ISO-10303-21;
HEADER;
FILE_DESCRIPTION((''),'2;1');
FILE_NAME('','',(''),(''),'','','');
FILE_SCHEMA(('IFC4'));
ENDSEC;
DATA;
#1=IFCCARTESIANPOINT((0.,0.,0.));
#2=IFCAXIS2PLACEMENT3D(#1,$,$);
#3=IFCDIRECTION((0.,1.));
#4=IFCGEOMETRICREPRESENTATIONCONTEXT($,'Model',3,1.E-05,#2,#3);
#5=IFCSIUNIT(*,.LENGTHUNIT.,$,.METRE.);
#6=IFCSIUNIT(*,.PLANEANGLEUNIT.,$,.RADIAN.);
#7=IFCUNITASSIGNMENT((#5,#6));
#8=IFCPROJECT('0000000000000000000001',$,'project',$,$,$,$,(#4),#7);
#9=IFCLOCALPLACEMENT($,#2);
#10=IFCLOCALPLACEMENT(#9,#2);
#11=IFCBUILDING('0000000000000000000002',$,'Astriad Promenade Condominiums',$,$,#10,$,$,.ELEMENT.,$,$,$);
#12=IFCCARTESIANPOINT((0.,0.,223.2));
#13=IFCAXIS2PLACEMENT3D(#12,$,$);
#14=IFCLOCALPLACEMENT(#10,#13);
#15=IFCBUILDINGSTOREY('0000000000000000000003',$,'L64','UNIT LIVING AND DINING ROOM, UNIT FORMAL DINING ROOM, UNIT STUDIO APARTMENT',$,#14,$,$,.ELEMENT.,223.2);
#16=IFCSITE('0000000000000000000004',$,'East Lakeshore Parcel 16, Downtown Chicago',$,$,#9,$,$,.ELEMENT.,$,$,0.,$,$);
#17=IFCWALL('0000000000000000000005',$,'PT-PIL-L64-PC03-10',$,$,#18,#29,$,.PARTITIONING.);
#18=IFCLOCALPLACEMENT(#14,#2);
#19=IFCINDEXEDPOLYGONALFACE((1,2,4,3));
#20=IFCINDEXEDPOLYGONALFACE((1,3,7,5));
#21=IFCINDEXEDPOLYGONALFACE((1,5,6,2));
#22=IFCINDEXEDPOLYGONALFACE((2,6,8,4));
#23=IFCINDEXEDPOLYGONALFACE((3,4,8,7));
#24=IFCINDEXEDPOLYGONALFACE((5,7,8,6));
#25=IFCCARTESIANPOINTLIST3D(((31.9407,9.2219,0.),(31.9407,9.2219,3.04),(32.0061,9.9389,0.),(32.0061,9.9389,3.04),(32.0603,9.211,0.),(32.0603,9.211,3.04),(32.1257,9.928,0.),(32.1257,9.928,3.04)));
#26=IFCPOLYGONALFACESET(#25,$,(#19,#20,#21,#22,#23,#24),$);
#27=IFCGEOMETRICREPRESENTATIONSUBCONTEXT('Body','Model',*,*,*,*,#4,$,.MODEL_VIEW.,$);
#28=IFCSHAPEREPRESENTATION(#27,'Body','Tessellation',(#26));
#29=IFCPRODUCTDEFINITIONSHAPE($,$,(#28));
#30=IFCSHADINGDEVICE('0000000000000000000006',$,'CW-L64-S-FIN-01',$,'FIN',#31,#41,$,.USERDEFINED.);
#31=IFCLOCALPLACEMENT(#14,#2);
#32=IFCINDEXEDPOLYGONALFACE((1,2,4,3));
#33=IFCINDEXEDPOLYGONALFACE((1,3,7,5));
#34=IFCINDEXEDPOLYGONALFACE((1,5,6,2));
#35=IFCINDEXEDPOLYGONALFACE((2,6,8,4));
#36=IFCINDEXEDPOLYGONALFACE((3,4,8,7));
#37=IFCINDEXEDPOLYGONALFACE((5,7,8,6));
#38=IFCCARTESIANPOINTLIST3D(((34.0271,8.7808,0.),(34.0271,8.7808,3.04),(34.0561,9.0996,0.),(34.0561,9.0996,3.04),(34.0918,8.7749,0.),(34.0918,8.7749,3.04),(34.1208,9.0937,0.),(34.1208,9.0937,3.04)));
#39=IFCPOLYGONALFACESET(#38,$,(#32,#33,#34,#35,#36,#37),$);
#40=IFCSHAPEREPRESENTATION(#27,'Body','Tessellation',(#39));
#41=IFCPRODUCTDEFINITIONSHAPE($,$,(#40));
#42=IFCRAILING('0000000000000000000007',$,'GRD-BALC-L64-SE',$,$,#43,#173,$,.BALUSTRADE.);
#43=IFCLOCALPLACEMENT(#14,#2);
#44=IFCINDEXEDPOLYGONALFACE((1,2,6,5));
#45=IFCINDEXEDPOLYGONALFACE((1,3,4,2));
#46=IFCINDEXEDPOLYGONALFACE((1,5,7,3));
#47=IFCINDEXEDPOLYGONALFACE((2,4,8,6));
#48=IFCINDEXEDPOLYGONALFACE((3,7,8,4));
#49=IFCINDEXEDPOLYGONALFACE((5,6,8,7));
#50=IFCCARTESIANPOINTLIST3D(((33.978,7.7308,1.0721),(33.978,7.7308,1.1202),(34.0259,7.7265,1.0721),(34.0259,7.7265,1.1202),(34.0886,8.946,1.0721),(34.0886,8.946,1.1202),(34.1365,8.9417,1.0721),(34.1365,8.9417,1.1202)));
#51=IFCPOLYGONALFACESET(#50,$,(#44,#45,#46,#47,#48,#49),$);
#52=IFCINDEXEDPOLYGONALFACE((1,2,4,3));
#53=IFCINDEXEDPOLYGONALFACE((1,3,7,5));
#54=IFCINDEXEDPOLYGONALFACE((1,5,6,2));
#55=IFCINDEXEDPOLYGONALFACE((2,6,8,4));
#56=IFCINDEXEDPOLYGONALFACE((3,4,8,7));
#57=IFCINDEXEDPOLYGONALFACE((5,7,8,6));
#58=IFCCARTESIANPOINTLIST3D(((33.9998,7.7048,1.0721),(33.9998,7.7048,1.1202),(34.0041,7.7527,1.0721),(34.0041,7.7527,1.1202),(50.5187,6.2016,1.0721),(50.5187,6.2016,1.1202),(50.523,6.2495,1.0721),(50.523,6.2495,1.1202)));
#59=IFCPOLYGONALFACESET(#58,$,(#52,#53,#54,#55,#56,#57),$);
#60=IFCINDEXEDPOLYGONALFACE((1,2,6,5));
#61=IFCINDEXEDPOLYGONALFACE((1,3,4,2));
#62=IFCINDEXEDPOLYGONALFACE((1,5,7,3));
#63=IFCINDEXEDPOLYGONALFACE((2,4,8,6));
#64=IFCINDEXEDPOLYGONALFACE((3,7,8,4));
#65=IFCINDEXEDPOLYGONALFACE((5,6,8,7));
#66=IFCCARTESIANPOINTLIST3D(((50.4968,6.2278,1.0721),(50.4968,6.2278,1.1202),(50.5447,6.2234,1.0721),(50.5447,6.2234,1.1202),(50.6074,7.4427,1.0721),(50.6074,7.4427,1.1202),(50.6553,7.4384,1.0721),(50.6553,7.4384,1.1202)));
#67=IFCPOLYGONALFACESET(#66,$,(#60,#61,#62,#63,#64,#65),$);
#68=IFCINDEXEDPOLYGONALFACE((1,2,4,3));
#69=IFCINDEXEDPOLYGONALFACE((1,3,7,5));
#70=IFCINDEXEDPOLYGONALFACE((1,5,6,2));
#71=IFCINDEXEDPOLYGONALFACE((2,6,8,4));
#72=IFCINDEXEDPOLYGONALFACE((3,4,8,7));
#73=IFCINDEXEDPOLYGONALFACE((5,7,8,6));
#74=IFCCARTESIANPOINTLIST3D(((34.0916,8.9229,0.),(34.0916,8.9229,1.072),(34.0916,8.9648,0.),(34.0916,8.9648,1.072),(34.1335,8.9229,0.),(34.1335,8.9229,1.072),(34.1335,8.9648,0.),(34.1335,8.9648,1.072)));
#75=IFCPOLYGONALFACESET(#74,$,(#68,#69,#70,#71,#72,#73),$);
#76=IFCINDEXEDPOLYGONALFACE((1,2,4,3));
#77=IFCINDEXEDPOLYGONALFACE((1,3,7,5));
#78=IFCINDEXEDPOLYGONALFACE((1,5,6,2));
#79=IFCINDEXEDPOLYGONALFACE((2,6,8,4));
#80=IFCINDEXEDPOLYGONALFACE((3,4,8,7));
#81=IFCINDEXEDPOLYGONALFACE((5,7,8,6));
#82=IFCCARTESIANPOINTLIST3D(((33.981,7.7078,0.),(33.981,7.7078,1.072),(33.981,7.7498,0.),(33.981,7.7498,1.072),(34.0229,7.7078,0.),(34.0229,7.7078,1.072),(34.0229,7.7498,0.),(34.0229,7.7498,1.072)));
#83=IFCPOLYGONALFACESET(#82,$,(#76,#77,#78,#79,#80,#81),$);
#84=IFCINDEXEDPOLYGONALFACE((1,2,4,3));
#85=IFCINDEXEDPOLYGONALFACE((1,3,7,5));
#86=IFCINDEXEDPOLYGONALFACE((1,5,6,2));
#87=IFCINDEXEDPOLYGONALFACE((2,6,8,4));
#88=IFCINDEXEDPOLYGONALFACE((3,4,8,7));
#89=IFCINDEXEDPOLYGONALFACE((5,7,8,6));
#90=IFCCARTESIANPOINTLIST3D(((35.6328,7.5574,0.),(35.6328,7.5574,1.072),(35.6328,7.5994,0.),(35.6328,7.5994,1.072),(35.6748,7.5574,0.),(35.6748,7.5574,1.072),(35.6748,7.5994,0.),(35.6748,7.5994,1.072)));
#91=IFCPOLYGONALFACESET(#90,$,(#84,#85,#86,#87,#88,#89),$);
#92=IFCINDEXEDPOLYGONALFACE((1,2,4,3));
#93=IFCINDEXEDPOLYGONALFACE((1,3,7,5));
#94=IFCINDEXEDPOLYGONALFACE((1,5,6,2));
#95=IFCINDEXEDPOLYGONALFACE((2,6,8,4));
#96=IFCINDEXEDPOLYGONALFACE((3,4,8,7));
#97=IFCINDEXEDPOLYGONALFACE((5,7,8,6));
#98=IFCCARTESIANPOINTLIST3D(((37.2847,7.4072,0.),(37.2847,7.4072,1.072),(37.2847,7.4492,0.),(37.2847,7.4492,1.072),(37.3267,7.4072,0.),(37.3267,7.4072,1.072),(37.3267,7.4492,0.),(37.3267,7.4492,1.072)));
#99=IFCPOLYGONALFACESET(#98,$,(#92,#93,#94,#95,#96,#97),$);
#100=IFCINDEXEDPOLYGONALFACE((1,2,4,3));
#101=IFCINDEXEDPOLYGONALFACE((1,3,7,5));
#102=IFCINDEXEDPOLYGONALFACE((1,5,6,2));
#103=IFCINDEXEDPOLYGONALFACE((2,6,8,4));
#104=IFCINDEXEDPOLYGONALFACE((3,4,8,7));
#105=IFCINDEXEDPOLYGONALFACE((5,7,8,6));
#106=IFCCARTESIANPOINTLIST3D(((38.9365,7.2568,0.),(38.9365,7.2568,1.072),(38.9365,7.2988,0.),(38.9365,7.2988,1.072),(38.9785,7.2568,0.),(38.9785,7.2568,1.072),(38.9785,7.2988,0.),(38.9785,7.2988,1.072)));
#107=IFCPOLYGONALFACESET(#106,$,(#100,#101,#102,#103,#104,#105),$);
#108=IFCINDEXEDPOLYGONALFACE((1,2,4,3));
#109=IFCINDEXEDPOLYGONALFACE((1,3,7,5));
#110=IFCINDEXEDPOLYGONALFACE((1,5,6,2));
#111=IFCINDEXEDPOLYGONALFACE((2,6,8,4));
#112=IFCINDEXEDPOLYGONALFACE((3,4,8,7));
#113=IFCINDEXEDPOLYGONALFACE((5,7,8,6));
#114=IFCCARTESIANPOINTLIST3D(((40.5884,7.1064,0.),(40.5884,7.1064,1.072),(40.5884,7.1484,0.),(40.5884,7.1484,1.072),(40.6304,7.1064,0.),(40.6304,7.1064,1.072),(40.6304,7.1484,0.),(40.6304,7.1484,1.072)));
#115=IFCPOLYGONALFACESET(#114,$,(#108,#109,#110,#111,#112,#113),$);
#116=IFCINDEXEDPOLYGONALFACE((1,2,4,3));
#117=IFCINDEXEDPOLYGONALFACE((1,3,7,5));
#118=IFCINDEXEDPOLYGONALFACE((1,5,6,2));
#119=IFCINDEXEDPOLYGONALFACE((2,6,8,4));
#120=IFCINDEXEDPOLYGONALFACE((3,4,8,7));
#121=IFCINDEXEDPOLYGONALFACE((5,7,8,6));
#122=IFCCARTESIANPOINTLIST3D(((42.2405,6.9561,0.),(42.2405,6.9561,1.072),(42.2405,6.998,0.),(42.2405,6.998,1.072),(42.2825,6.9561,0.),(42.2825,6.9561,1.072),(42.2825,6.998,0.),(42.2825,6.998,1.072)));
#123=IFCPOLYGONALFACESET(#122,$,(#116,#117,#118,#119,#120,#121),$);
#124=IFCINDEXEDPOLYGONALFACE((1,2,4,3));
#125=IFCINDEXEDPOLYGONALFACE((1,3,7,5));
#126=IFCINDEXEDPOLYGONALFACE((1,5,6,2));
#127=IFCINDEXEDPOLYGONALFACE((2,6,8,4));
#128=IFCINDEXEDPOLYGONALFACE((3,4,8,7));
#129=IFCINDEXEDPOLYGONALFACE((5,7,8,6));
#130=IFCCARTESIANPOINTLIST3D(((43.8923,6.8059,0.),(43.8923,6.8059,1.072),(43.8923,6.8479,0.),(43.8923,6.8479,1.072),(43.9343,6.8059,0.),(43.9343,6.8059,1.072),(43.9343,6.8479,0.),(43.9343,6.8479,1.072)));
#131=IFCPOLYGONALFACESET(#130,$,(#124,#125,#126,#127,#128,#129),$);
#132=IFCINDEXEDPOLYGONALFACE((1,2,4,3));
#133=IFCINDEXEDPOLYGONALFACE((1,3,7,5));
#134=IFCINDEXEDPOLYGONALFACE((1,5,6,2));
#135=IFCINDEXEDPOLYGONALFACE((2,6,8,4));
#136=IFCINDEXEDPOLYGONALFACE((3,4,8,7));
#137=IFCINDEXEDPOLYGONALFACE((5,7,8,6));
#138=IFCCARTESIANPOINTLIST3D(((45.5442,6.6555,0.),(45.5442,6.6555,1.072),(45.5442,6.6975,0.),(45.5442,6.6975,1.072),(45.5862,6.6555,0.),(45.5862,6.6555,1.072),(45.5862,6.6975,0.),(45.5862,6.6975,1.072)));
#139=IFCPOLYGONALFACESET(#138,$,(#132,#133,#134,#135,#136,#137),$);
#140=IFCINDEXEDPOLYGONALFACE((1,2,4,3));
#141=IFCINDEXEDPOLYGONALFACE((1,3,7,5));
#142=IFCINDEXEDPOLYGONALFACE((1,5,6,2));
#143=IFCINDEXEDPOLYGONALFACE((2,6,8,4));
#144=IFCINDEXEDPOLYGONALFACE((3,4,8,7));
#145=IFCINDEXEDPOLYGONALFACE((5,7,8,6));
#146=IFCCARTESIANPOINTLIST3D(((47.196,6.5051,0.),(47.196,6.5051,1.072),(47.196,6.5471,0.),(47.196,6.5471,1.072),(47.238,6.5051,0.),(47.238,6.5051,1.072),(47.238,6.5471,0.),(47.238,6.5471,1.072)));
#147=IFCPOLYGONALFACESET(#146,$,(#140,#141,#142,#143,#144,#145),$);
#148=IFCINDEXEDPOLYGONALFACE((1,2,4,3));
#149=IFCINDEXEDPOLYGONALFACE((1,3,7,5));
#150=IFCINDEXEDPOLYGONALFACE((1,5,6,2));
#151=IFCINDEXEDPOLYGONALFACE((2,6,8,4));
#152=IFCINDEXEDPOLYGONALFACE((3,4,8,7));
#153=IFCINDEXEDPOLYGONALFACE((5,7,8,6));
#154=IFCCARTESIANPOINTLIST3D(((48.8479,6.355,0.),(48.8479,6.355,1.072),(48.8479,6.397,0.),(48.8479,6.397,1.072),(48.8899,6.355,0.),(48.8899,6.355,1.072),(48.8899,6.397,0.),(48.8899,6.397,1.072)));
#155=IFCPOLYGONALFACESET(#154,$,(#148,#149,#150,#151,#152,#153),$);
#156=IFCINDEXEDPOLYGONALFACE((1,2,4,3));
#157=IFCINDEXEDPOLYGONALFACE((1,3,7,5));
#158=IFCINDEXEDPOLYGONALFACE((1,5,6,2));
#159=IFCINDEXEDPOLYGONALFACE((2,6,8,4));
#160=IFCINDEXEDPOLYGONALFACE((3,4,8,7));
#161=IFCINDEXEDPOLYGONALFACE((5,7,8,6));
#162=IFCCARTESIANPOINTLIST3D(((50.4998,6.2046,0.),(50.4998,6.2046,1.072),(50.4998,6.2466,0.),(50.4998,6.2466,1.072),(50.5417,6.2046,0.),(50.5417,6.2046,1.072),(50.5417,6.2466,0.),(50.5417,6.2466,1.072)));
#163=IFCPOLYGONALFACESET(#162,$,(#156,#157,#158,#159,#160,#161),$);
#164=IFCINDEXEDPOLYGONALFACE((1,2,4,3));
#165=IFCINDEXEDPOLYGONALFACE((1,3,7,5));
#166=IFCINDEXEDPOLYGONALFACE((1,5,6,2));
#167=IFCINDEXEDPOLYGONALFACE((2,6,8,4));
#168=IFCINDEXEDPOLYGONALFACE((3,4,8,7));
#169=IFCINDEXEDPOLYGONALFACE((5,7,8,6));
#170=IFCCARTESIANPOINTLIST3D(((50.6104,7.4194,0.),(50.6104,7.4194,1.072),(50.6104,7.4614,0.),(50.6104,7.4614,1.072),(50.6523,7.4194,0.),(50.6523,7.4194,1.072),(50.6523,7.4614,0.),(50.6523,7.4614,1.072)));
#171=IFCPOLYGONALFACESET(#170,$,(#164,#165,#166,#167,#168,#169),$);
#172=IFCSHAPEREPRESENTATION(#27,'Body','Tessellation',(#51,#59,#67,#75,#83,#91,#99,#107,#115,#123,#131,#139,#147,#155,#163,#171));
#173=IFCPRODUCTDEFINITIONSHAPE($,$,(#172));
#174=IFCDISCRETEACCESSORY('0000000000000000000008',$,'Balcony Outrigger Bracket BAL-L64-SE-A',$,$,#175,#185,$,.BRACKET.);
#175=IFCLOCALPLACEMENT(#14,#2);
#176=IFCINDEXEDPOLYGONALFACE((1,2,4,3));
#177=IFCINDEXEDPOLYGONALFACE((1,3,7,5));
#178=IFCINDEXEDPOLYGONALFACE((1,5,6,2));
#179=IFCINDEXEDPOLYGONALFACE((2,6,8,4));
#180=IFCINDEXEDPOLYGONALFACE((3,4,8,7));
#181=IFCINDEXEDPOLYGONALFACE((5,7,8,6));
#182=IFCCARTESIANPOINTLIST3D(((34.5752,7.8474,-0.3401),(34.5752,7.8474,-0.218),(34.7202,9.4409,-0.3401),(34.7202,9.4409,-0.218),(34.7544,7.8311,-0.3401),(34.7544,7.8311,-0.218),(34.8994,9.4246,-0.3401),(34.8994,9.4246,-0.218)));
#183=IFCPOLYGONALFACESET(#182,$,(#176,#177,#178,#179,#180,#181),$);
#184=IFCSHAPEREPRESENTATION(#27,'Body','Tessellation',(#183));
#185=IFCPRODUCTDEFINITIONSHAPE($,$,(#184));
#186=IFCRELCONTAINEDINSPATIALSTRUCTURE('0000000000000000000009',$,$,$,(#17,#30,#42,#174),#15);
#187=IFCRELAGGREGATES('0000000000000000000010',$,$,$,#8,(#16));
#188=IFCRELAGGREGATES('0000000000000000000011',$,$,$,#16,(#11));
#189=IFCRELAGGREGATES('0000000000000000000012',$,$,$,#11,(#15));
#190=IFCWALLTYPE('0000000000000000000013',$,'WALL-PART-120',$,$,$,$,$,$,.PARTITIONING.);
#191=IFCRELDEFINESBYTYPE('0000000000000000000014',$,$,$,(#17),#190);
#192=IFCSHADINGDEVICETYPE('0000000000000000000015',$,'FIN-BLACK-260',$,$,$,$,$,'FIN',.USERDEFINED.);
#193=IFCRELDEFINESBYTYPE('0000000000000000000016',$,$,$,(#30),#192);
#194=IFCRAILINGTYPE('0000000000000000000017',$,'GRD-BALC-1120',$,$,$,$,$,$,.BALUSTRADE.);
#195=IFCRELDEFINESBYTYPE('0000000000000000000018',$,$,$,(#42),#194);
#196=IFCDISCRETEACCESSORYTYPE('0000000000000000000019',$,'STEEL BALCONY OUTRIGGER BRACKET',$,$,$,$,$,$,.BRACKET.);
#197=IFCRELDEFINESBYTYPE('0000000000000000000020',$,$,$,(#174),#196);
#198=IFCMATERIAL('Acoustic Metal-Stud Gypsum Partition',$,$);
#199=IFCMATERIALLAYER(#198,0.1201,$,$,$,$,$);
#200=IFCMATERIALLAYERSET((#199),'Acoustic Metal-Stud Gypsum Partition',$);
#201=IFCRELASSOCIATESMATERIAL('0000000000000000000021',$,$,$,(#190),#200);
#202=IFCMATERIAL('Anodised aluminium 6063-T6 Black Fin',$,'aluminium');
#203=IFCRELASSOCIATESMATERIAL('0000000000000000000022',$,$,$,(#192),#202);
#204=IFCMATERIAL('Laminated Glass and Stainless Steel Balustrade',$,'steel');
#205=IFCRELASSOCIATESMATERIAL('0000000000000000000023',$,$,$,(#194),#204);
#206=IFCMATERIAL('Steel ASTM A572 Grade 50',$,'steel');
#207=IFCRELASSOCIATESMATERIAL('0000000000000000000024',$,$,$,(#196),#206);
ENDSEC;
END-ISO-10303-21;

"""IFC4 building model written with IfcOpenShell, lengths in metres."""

from ifc_helpers import new_model, si_unit, direction, frame, frame_2d, origin, origin_2d, place, context, subcontext, project, spatial, rectangle, extrude, source, transform, mapped, material, layer, layer_set, type_object, type_shapes, element, save


model = new_model("IFC4")

# Units and contexts
model_context = context("Model", 3, precision=1e-05, world=origin(), true_north=direction((0.0, 1.0)))
body_context = subcontext(model_context, "Body", "Model", "MODEL_VIEW")
ifc_project = project(units=[si_unit("LENGTHUNIT", "METRE"), si_unit("PLANEANGLEUNIT", "RADIAN")], contexts=[model_context])

# Site, building, storey
site_placement = place(None, origin())
site = spatial("IfcSite", under=ifc_project, at=site_placement, Name="East Lakeshore Parcel 16, Downtown Chicago", CompositionType="ELEMENT", RefElevation=0.0)
building_placement = place(site_placement, origin())
building = spatial("IfcBuilding", under=site, at=building_placement, Name="Astriad Promenade Condominiums", CompositionType="ELEMENT")
storey_placement = place(building_placement, frame((0.0, 0.0, 223.2)))
storey = spatial("IfcBuildingStorey", under=building, at=storey_placement, Name="L64", Description="UNIT LIVING AND DINING ROOM, UNIT FORMAL DINING ROOM, UNIT STUDIO APARTMENT", CompositionType="ELEMENT", Elevation=223.2)

# Shared definitions
ifc_material_1 = material(Name="Acoustic Metal-Stud Gypsum Partition")
ifc_layer_1 = layer(ifc_material_1, 0.1201)
ifc_layer_set_1 = layer_set([ifc_layer_1], Name="Acoustic Metal-Stud Gypsum Partition")
wall_type_1 = type_object("IfcWallType", Name="WALL-PART-120", PredefinedType="PARTITIONING", material=ifc_layer_set_1)

# Wall
wall_1_placement = place(storey_placement, frame((32.0659, 9.9333, 0.0), z_axis=(0.0, 0.0, 1.0), x_axis=(-0.090872, -0.995863, 0.0)))
element("IfcWall", 1, at=wall_1_placement, inside=storey, type_object=wall_type_1, Name="PT-PIL-L64-PC03-10", PredefinedType="PARTITIONING", context=body_context, shape_type="SweptSolid", body=[
    extrude(rectangle(XDim=0.72, YDim=0.1201, at=frame_2d((0.3599, 0.0))), origin(), (0.0, 0.0, 1.0), 3.04),
])

# Shading device
ifc_material_2 = material(Name="Anodised aluminium 6063-T6 Black Fin", Category="aluminium")
shading_device_type = type_object("IfcShadingDeviceType", Name="FIN-BLACK-260", ElementType="FIN", PredefinedType="USERDEFINED", material=ifc_material_2)
shared_shape_1 = source(origin(), body_context, "Body", "SweptSolid", [
    extrude(rectangle(XDim=0.0649, YDim=0.3201, at=origin_2d()), origin(), (0.0, 0.0, 1.0), 3.04),
])
type_shapes(shading_device_type, [shared_shape_1])
shading_device_placement = place(storey_placement, frame((34.074, 8.9373, 0.0), z_axis=(0.0, 0.0, 1.0), x_axis=(-0.995884, 0.090633, 0.0)))
element("IfcShadingDevice", 2, at=shading_device_placement, inside=storey, type_object=shading_device_type, Name="CW-L64-S-FIN-01", ObjectType="FIN", PredefinedType="USERDEFINED", context=body_context, shape_type="MappedRepresentation", body=[
    mapped(shared_shape_1, transform((0.0, 0.0, 0.0), scale=1.0)),
])

# Railing
ifc_material_3 = material(Name="Laminated Glass and Stainless Steel Balustrade", Category="steel")
railing_type = type_object("IfcRailingType", Name="GRD-BALC-1120", PredefinedType="BALUSTRADE", material=ifc_material_3)
shared_shape_2 = source(origin(), body_context, "Body", "SweptSolid", [
    extrude(rectangle(XDim=0.0481, YDim=0.0481, at=origin_2d()), frame((0.0, 0.0, 1.0962), z_axis=(-0.090644, -0.995883, 0.0), x_axis=(0.995883, -0.090644, 0.0)), (0.0, 0.0, 1.0), 1.2202),
    extrude(rectangle(XDim=0.0481, YDim=0.0481, at=origin_2d()), frame((-0.1106, -1.2151, 1.0962), z_axis=(0.995885, -0.090623, 0.0), x_axis=(0.090623, 0.995885, 0.0)), (0.0, 0.0, 1.0), 16.5872),
    extrude(rectangle(XDim=0.0481, YDim=0.0481, at=origin_2d()), frame((16.4082, -2.7183, 1.0962), z_axis=(0.090662, 0.995882, 0.0), x_axis=(-0.995882, 0.090662, 0.0)), (0.0, 0.0, 1.0), 1.22),
    extrude(rectangle(XDim=0.042, YDim=0.042, at=origin_2d()), origin(), (0.0, 0.0, 1.0), 1.072),
    extrude(rectangle(XDim=0.042, YDim=0.042, at=origin_2d()), frame((-0.1106, -1.2151, 0.0)), (0.0, 0.0, 1.0), 1.072),
    extrude(rectangle(XDim=0.042, YDim=0.042, at=origin_2d()), frame((1.5413, -1.3655, 0.0)), (0.0, 0.0, 1.0), 1.072),
    extrude(rectangle(XDim=0.042, YDim=0.042, at=origin_2d()), frame((3.1931, -1.5156, 0.0)), (0.0, 0.0, 1.0), 1.072),
    extrude(rectangle(XDim=0.042, YDim=0.042, at=origin_2d()), frame((4.845, -1.666, 0.0)), (0.0, 0.0, 1.0), 1.072),
    extrude(rectangle(XDim=0.042, YDim=0.042, at=origin_2d()), frame((6.4968, -1.8164, 0.0)), (0.0, 0.0, 1.0), 1.072),
    extrude(rectangle(XDim=0.042, YDim=0.042, at=origin_2d()), frame((8.1489, -1.9668, 0.0)), (0.0, 0.0, 1.0), 1.072),
    extrude(rectangle(XDim=0.042, YDim=0.042, at=origin_2d()), frame((9.8008, -2.1169, 0.0)), (0.0, 0.0, 1.0), 1.072),
    extrude(rectangle(XDim=0.042, YDim=0.042, at=origin_2d()), frame((11.4526, -2.2673, 0.0)), (0.0, 0.0, 1.0), 1.072),
    extrude(rectangle(XDim=0.042, YDim=0.042, at=origin_2d()), frame((13.1045, -2.4177, 0.0)), (0.0, 0.0, 1.0), 1.072),
    extrude(rectangle(XDim=0.042, YDim=0.042, at=origin_2d()), frame((14.7563, -2.5679, 0.0)), (0.0, 0.0, 1.0), 1.072),
    extrude(rectangle(XDim=0.042, YDim=0.042, at=origin_2d()), frame((16.4082, -2.7183, 0.0)), (0.0, 0.0, 1.0), 1.072),
    extrude(rectangle(XDim=0.042, YDim=0.042, at=origin_2d()), frame((16.5188, -1.5034, 0.0)), (0.0, 0.0, 1.0), 1.072),
])
type_shapes(railing_type, [shared_shape_2])
railing_placement = place(storey_placement, frame((34.1125, 8.9438, 0.0)))
element("IfcRailing", 3, at=railing_placement, inside=storey, type_object=railing_type, Name="GRD-BALC-L64-SE", PredefinedType="BALUSTRADE", context=body_context, shape_type="MappedRepresentation", body=[
    mapped(shared_shape_2, transform((0.0, 0.0, 0.0), scale=1.0)),
])

# Discrete accessory
ifc_material_4 = material(Name="Steel ASTM A572 Grade 50", Category="steel")
discrete_accessory_type = type_object("IfcDiscreteAccessoryType", Name="STEEL BALCONY OUTRIGGER BRACKET", PredefinedType="BRACKET", material=ifc_material_4)
shared_shape_3 = source(origin(), body_context, "Body", "SweptSolid", [
    extrude(rectangle(XDim=1.6001, YDim=0.1799, at=origin_2d()), origin(), (0.0, 0.0, 1.0), 0.1221),
])
type_shapes(discrete_accessory_type, [shared_shape_3])
discrete_accessory_placement = place(storey_placement, frame((34.7373, 8.636, -0.3401), z_axis=(0.0, 0.0, 1.0), x_axis=(-0.090633, -0.995884, 0.0)))
element("IfcDiscreteAccessory", 4, at=discrete_accessory_placement, inside=storey, type_object=discrete_accessory_type, Name="Balcony Outrigger Bracket BAL-L64-SE-A", PredefinedType="BRACKET", context=body_context, shape_type="MappedRepresentation", body=[
    mapped(shared_shape_3, transform((0.0, 0.0, 0.0), scale=1.0)),
])

save(model, "model.ifc")
